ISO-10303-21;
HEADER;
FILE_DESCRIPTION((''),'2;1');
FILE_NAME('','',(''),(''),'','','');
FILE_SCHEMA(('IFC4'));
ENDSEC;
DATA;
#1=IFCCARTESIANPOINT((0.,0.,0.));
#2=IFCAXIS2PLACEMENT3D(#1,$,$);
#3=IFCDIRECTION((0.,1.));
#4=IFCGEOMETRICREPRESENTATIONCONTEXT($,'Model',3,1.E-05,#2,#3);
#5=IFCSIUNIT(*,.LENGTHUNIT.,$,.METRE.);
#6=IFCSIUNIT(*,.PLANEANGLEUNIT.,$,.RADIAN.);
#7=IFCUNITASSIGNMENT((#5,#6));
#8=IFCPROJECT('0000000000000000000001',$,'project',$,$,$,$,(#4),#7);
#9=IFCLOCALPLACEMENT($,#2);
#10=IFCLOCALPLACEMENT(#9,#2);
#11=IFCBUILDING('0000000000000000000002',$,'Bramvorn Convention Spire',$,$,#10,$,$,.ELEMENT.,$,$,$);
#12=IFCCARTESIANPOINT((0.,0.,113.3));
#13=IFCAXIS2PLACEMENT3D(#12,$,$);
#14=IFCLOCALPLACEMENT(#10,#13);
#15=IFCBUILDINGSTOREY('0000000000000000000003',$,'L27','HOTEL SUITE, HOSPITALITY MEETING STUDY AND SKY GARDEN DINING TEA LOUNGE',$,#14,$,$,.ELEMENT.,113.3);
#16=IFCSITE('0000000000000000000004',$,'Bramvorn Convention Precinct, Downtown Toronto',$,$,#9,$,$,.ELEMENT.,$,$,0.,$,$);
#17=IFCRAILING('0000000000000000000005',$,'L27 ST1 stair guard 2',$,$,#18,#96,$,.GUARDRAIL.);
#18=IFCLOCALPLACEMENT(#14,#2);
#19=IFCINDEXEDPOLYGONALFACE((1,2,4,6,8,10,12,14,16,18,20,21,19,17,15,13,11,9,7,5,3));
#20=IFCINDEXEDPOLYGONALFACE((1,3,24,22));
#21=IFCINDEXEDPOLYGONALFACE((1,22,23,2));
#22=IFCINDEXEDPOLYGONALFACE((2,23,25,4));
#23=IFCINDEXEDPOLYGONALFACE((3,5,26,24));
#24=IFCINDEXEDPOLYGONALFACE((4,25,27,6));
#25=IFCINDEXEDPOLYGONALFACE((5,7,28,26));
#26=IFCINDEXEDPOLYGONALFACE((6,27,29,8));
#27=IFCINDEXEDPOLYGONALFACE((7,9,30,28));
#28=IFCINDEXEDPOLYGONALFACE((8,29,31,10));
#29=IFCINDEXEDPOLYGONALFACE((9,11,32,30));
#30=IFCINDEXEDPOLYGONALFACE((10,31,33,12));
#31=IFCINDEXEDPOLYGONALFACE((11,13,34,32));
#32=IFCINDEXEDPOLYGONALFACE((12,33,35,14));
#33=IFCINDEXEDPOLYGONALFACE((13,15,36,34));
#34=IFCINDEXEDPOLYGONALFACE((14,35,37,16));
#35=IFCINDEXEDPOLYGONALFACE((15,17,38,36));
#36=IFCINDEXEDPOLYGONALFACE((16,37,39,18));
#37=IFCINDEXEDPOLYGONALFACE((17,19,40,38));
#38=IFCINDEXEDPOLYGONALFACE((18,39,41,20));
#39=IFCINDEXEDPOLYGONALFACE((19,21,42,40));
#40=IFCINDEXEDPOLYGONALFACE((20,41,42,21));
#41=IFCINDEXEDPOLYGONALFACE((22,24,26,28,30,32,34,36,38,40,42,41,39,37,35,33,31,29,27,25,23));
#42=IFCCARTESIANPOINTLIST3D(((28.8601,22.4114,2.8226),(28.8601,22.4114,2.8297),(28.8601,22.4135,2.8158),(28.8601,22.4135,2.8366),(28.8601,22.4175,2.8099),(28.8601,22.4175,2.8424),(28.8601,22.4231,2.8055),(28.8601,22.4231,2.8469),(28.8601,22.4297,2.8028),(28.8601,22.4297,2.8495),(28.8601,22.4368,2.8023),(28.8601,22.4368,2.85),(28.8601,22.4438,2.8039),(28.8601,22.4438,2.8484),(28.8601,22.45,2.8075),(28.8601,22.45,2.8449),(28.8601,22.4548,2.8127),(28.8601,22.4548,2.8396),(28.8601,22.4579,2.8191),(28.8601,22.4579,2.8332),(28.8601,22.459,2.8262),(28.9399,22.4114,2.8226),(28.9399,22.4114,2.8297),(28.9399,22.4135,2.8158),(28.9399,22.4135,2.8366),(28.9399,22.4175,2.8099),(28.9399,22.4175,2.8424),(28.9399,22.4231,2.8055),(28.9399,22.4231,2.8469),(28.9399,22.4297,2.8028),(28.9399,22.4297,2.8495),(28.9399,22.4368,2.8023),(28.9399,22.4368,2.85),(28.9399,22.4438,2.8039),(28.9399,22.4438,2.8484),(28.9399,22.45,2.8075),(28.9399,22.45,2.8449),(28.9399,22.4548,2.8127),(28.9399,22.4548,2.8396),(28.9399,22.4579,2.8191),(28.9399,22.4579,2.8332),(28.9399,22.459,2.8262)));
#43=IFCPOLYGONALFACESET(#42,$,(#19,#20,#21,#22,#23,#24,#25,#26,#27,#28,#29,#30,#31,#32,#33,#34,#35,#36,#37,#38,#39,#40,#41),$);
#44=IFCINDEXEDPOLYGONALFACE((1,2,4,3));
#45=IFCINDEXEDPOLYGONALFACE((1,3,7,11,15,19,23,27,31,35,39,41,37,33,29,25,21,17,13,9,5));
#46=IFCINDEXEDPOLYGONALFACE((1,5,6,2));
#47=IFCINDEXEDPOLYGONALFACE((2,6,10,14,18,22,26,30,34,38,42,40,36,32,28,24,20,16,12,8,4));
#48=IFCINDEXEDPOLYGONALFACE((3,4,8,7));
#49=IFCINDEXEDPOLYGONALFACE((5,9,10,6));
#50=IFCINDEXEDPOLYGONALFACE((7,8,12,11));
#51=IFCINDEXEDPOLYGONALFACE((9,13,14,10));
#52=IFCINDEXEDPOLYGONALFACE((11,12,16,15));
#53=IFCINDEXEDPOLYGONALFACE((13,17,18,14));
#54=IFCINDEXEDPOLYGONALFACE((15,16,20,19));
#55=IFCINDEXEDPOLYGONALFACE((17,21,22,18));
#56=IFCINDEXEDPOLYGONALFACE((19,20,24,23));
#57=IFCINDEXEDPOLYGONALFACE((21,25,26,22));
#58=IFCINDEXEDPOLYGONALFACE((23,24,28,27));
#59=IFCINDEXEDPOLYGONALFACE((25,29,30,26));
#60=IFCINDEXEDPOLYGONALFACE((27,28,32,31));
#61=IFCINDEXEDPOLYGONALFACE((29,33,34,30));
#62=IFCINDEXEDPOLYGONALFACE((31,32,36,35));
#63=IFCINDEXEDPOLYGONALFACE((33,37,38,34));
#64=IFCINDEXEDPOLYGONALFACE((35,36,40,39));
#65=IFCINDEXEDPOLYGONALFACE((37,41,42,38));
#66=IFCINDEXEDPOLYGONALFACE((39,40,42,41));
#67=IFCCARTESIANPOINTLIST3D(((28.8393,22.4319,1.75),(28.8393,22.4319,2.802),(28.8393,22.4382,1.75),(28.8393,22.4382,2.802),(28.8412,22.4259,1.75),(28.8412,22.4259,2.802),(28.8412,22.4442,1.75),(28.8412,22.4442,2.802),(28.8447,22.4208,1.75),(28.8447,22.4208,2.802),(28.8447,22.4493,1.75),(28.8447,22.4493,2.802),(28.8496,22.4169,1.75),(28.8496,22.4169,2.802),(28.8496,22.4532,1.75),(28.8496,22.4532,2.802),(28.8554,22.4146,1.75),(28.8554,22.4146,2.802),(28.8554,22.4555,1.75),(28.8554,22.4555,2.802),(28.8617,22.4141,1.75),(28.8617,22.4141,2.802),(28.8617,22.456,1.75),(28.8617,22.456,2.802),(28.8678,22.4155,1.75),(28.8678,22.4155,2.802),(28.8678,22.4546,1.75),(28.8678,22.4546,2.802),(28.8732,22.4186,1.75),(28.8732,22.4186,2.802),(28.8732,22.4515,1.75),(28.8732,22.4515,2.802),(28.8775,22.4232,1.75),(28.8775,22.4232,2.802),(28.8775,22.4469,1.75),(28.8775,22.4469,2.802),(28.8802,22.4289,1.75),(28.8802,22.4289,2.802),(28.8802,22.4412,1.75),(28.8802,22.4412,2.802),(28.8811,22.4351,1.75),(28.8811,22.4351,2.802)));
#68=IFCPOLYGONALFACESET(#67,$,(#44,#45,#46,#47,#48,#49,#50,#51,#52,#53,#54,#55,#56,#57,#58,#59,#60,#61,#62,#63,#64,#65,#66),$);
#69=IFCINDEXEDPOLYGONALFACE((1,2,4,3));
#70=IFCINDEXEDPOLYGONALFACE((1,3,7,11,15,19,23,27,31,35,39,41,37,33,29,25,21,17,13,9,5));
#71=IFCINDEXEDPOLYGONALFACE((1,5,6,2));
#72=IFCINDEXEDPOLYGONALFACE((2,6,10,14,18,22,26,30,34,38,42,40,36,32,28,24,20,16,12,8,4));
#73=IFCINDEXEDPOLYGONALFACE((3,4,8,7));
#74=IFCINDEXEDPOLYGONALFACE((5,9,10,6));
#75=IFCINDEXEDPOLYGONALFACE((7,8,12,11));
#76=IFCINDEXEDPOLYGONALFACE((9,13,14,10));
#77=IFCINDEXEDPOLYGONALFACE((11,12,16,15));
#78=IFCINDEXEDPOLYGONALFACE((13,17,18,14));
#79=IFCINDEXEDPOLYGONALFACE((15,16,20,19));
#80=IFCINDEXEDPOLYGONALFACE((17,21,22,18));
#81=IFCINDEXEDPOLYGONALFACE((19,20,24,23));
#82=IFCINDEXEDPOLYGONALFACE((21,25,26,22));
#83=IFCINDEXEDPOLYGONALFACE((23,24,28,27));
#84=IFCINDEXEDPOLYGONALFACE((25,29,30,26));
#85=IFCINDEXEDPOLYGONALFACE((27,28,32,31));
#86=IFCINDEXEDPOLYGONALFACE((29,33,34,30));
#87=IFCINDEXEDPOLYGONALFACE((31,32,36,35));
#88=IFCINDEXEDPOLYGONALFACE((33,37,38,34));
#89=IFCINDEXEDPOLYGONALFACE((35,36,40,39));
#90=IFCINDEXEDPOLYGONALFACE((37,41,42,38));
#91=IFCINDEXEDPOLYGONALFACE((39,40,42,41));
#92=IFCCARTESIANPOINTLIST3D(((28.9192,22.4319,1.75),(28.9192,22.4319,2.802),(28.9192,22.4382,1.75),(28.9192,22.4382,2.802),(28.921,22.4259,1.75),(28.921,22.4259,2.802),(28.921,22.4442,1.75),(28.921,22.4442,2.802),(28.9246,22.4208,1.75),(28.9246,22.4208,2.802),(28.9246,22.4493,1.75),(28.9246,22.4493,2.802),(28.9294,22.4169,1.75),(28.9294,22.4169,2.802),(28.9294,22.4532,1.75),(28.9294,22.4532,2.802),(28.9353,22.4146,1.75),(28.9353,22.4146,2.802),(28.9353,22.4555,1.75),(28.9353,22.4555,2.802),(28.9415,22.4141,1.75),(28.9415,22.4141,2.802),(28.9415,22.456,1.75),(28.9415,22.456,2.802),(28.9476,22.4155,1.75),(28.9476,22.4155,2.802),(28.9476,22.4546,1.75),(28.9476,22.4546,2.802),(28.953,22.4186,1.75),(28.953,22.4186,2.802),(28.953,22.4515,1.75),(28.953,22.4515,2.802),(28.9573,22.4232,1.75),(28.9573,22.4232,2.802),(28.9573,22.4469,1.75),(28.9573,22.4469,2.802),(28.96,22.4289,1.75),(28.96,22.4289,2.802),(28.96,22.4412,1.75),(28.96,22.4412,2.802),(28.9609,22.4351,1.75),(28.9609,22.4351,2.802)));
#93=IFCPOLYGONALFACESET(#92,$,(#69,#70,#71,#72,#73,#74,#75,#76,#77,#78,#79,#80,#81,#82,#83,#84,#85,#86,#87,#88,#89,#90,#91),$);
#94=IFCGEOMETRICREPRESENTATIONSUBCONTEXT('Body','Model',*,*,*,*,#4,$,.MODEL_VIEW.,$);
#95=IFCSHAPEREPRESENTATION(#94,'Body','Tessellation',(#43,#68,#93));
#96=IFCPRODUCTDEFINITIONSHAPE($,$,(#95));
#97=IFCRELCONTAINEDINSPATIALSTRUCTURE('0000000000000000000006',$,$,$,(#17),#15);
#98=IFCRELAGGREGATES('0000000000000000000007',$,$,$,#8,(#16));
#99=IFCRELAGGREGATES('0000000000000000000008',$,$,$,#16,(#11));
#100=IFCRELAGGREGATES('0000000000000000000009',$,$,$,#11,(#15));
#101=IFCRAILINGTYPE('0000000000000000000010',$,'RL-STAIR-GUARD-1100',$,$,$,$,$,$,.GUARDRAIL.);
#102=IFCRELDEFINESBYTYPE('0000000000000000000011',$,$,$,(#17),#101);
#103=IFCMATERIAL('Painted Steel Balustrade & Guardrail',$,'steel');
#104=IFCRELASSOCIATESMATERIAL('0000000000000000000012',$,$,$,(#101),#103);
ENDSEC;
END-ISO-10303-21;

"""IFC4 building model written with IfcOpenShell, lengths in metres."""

from ifc_helpers import new_model, si_unit, direction, frame, origin, origin_2d, place, context, subcontext, project, spatial, circle, extrude, material, type_object, element, save


model = new_model("IFC4")

# Units and contexts
model_context = context("Model", 3, precision=1e-05, world=origin(), true_north=direction((0.0, 1.0)))
body_context = subcontext(model_context, "Body", "Model", "MODEL_VIEW")
ifc_project = project(units=[si_unit("LENGTHUNIT", "METRE"), si_unit("PLANEANGLEUNIT", "RADIAN")], contexts=[model_context])

# Site, building, storey
site_placement = place(None, origin())
site = spatial("IfcSite", under=ifc_project, at=site_placement, Name="Bramvorn Convention Precinct, Downtown Toronto", CompositionType="ELEMENT", RefElevation=0.0)
building_placement = place(site_placement, origin())
building = spatial("IfcBuilding", under=site, at=building_placement, Name="Bramvorn Convention Spire", CompositionType="ELEMENT")
storey_placement = place(building_placement, frame((0.0, 0.0, 113.3)))
storey = spatial("IfcBuildingStorey", under=building, at=storey_placement, Name="L27", Description="HOTEL SUITE, HOSPITALITY MEETING STUDY AND SKY GARDEN DINING TEA LOUNGE", CompositionType="ELEMENT", Elevation=113.3)

# Railing
ifc_material_1 = material(Name="Painted Steel Balustrade & Guardrail", Category="steel")
railing_type_1 = type_object("IfcRailingType", Name="RL-STAIR-GUARD-1100", PredefinedType="GUARDRAIL", material=ifc_material_1)
railing_1_placement = place(storey_placement, frame((28.8601, 22.4351, 1.75)))
element("IfcRailing", 1, at=railing_1_placement, inside=storey, type_object=railing_type_1, Name="L27 ST1 stair guard 2", PredefinedType="GUARDRAIL", context=body_context, shape_type="SweptSolid", body=[
    extrude(circle(Radius=0.0239, at=origin_2d()), frame((0.0, 0.0, 1.0762), z_axis=(1.0, 0.0, 0.0), x_axis=(0.0, 1.0, 0.0)), (0.0, 0.0, 1.0), 0.0798),
    extrude(circle(Radius=0.021, at=origin_2d()), origin(), (0.0, 0.0, 1.0), 1.052),
    extrude(circle(Radius=0.021, at=origin_2d()), frame((0.0798, 0.0, 0.0)), (0.0, 0.0, 1.0), 1.052),
])

save(model, "model.ifc")
